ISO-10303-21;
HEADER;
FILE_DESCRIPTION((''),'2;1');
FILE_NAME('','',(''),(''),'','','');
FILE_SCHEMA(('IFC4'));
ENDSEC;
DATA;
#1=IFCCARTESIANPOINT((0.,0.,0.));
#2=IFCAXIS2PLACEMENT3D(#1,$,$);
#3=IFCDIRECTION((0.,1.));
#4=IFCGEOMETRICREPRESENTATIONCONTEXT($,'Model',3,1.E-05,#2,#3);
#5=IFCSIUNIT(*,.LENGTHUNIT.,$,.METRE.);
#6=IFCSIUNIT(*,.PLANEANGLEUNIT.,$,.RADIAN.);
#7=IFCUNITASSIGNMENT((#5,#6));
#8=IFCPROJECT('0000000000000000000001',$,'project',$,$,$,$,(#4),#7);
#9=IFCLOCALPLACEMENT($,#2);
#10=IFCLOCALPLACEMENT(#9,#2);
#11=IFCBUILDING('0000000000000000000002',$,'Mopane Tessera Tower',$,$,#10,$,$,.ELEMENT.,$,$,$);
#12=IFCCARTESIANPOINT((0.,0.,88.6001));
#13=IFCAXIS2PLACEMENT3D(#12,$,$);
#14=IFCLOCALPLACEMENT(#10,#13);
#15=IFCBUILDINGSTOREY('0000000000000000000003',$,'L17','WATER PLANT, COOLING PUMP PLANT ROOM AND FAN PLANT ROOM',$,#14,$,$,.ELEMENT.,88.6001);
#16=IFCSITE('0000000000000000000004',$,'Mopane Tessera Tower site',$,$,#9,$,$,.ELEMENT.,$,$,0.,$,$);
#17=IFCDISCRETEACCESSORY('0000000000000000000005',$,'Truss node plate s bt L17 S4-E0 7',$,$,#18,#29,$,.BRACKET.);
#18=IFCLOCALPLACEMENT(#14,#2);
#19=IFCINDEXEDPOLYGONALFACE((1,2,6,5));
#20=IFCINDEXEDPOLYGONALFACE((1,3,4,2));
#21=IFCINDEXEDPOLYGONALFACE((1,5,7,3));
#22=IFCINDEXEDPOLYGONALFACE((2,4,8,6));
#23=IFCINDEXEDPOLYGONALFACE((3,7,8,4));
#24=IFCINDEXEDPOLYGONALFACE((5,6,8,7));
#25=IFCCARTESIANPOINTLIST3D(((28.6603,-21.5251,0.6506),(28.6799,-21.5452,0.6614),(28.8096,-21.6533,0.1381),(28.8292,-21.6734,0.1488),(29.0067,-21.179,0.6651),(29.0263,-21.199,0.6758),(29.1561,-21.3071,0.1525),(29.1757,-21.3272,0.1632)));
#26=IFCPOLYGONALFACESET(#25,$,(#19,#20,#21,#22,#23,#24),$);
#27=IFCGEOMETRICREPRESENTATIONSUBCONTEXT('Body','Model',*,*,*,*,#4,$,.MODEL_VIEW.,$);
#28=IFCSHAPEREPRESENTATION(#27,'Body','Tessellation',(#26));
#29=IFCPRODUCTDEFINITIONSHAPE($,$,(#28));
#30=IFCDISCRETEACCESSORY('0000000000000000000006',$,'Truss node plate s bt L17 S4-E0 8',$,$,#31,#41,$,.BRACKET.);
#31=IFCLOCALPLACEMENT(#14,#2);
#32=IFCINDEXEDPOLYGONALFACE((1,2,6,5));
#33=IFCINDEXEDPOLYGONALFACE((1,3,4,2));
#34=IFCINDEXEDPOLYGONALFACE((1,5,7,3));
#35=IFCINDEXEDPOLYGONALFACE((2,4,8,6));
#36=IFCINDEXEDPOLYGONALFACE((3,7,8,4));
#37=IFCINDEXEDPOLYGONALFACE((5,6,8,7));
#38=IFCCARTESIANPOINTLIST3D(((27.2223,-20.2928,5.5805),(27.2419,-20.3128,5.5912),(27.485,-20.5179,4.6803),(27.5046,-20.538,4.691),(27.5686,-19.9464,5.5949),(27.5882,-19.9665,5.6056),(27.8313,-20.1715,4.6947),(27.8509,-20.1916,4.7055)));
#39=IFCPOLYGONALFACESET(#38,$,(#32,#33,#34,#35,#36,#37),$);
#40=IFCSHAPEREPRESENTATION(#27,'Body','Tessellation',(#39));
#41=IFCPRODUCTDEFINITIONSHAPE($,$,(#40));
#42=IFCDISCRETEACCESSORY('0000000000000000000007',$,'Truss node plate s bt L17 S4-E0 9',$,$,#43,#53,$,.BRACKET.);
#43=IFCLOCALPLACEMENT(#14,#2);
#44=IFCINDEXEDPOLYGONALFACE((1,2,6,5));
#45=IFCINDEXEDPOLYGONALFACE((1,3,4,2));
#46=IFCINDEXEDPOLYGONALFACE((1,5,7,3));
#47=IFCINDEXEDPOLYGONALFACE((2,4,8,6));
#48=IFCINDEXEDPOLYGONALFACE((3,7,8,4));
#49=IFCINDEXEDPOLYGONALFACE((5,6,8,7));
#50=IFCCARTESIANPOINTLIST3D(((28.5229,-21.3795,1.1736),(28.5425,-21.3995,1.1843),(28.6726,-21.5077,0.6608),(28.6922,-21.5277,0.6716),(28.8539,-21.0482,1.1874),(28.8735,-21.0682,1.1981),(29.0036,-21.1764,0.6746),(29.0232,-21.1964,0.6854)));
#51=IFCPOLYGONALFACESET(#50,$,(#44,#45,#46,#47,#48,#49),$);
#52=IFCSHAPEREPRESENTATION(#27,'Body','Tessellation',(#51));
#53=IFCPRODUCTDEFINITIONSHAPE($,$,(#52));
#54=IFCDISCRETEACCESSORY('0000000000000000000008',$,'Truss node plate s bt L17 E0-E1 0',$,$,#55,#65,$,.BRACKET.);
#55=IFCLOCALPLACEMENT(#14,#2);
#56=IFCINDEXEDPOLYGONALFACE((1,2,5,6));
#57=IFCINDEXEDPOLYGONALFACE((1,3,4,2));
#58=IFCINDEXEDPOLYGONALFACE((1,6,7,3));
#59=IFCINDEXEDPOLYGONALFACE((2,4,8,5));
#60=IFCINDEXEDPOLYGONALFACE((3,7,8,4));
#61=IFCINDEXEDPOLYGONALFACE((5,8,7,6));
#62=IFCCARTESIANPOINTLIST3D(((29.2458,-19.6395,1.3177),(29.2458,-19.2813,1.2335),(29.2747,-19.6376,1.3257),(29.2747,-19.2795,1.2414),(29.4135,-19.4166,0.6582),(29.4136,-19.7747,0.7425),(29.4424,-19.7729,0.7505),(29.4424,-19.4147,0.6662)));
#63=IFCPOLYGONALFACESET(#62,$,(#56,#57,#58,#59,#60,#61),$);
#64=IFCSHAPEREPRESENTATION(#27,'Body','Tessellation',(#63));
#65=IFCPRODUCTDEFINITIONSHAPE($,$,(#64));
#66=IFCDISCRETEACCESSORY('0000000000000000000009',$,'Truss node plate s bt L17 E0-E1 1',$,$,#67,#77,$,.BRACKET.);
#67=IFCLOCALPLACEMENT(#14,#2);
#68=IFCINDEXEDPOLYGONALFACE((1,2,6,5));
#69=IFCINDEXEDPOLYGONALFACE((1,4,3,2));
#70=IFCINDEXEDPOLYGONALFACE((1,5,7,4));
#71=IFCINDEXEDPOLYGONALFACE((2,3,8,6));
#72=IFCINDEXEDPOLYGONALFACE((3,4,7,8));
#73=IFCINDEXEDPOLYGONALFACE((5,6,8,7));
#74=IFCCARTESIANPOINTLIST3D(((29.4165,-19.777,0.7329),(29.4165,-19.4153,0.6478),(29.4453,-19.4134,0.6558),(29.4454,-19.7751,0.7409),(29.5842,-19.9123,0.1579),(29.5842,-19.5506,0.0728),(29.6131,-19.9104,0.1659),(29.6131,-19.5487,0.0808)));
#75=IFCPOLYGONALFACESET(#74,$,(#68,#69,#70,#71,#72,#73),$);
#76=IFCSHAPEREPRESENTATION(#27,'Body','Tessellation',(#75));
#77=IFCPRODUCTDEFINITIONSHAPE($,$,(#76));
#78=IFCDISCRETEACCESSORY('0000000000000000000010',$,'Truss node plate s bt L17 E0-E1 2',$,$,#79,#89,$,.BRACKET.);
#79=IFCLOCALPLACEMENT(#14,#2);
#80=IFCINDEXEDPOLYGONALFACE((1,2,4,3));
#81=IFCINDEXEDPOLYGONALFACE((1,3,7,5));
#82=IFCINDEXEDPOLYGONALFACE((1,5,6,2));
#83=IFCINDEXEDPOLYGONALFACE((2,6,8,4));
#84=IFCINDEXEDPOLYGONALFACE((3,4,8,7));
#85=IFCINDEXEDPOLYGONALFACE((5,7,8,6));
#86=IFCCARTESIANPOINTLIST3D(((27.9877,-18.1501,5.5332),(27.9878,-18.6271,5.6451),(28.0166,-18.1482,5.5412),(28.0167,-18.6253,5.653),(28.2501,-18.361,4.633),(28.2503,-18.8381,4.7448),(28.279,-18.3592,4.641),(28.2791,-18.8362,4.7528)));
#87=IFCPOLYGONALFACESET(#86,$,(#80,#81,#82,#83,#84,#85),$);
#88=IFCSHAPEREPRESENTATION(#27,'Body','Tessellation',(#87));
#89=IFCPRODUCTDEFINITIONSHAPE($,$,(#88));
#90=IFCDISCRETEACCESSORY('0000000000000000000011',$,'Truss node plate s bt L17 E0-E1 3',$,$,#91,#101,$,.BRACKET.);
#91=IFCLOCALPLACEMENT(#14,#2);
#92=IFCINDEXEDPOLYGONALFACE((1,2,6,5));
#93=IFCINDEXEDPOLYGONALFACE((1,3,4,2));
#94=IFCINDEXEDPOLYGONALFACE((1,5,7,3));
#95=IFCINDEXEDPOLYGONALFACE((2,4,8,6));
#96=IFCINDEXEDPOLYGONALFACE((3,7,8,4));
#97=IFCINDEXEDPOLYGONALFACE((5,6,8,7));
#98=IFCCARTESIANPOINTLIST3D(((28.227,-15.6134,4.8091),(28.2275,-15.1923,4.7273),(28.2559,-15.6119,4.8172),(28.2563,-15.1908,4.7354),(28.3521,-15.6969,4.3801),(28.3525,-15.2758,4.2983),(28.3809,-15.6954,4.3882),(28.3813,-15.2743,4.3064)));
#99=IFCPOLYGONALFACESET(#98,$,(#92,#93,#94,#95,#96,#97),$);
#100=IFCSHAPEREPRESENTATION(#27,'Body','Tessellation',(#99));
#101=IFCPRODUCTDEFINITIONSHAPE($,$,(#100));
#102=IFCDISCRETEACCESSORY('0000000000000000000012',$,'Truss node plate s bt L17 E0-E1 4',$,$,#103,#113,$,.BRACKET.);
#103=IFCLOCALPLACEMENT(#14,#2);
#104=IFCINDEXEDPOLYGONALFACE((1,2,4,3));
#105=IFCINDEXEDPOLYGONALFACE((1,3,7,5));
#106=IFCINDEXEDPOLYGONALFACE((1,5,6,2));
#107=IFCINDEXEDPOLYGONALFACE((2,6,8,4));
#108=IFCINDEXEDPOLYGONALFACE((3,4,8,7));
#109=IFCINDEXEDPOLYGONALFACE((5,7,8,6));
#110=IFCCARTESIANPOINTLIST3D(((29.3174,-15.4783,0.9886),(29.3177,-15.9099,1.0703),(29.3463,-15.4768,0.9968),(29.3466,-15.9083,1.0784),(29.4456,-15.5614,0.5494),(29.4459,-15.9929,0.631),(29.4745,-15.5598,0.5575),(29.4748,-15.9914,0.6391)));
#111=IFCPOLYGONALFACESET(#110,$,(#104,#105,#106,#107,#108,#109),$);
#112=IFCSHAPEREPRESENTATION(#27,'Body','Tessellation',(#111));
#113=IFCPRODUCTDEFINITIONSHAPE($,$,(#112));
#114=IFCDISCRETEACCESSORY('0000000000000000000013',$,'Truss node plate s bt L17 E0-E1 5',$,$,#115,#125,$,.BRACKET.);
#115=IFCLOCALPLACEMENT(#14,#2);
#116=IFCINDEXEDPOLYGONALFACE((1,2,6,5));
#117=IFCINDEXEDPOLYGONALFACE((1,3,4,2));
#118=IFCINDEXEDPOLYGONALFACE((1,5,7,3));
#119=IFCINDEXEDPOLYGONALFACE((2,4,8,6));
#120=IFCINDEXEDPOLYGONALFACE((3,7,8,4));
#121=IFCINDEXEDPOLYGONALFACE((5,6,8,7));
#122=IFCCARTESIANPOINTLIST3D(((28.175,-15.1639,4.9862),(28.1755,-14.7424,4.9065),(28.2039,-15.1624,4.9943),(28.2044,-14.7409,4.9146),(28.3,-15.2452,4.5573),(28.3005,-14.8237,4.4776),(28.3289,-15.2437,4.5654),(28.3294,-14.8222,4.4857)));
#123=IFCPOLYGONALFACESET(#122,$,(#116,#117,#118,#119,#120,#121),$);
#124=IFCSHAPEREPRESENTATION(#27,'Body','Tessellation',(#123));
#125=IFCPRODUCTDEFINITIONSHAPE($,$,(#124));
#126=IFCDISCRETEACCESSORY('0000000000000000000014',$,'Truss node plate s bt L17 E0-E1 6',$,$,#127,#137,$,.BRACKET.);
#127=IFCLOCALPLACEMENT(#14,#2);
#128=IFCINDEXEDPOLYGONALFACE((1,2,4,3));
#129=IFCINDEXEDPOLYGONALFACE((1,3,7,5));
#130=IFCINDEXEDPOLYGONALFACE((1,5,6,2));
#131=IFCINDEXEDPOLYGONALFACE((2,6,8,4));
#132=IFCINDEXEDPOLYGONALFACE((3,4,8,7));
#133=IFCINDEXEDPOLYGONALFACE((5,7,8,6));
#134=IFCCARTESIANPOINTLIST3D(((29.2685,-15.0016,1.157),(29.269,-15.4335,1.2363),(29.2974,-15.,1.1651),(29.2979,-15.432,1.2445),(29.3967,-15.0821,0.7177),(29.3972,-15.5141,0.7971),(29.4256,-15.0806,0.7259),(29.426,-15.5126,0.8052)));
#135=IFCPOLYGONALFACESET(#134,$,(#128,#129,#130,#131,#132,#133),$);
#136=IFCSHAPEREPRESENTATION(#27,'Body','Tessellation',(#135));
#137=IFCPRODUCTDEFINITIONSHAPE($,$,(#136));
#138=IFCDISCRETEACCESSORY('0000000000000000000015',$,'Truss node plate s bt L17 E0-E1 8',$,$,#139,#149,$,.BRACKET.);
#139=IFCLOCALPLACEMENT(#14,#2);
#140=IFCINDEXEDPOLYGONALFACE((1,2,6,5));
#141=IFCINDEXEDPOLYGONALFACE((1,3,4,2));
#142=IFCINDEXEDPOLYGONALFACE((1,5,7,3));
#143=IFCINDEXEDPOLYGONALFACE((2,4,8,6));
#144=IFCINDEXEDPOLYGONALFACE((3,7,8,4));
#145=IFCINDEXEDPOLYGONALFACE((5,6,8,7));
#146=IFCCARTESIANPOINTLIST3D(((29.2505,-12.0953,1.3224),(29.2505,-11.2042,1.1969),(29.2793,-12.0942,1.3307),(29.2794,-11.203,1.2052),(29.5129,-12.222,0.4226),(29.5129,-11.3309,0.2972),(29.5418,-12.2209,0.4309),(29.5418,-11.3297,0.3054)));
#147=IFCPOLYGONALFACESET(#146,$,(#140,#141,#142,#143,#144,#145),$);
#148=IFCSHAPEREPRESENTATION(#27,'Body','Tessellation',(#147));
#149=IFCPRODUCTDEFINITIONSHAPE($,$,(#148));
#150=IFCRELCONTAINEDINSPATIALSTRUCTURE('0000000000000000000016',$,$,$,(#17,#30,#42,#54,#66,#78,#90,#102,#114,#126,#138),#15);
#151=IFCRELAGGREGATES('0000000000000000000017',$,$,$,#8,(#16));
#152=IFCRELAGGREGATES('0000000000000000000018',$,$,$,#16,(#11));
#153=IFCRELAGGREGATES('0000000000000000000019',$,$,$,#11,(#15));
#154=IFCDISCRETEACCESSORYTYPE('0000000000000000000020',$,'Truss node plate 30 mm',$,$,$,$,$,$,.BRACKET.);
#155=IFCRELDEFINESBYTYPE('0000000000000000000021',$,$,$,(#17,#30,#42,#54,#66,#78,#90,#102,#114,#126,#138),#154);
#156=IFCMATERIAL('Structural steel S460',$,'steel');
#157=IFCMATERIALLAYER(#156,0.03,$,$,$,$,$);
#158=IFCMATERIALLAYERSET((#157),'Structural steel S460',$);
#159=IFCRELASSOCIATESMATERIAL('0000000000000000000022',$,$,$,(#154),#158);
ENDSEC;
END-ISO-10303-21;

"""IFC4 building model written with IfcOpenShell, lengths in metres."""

from ifc_helpers import new_model, si_unit, direction, frame, origin, origin_2d, place, context, subcontext, project, spatial, rectangle, extrude, material, layer, layer_set, type_object, element, save


model = new_model("IFC4")

# Units and contexts
model_context = context("Model", 3, precision=1e-05, world=origin(), true_north=direction((0.0, 1.0)))
body_context = subcontext(model_context, "Body", "Model", "MODEL_VIEW")
ifc_project = project(units=[si_unit("LENGTHUNIT", "METRE"), si_unit("PLANEANGLEUNIT", "RADIAN")], contexts=[model_context])

# Site, building, storey
site_placement = place(None, origin())
site = spatial("IfcSite", under=ifc_project, at=site_placement, Name="Mopane Tessera Tower site", CompositionType="ELEMENT", RefElevation=0.0)
building_placement = place(site_placement, origin())
building = spatial("IfcBuilding", under=site, at=building_placement, Name="Mopane Tessera Tower", CompositionType="ELEMENT")
storey_placement = place(building_placement, frame((0.0, 0.0, 88.6001)))
storey = spatial("IfcBuildingStorey", under=building, at=storey_placement, Name="L17", Description="WATER PLANT, COOLING PUMP PLANT ROOM AND FAN PLANT ROOM", CompositionType="ELEMENT", Elevation=88.6001)

# Discrete accessories
ifc_material_1 = material(Name="Structural steel S460", Category="steel")
ifc_layer_1 = layer(ifc_material_1, 0.03)
ifc_layer_set_1 = layer_set([ifc_layer_1], Name="Structural steel S460")
discrete_accessory_type_1 = type_object("IfcDiscreteAccessoryType", Name="Truss node plate 30 mm", PredefinedType="BRACKET", material=ifc_layer_set_1)
discrete_accessory_1_placement = place(storey_placement, frame((28.9927, -21.4902, 0.1506), z_axis=(-0.272063, 0.233387, 0.933548), x_axis=(-0.652692, 0.66811, -0.357241)))
element("IfcDiscreteAccessory", 1, at=discrete_accessory_1_placement, inside=storey, type_object=discrete_accessory_type_1, Name="Truss node plate s bt L17 S4-E0 7", PredefinedType="BRACKET", context=body_context, shape_type="SweptSolid", body=[
    extrude(rectangle(XDim=0.03, YDim=0.49, at=origin_2d()), origin(), (0.0, 0.0, 1.0), 0.5491),
])
discrete_accessory_2_placement = place(storey_placement, frame((27.668, -20.3547, 4.6929), z_axis=(-0.272411, 0.233423, 0.933438), x_axis=(-0.652981, 0.667675, -0.357527)))
element("IfcDiscreteAccessory", 2, at=discrete_accessory_2_placement, inside=storey, type_object=discrete_accessory_type_1, Name="Truss node plate s bt L17 S4-E0 8", PredefinedType="BRACKET", context=body_context, shape_type="SweptSolid", body=[
    extrude(rectangle(XDim=0.03, YDim=0.49, at=origin_2d()), origin(), (0.0, 0.0, 1.0), 0.9644),
])
discrete_accessory_3_placement = place(storey_placement, frame((28.8479, -21.3521, 0.6731), z_axis=(-0.272474, 0.233359, 0.933435), x_axis=(-0.653146, 0.66751, -0.357534)))
element("IfcDiscreteAccessory", 3, at=discrete_accessory_3_placement, inside=storey, type_object=discrete_accessory_type_1, Name="Truss node plate s bt L17 S4-E0 9", PredefinedType="BRACKET", context=body_context, shape_type="SweptSolid", body=[
    extrude(rectangle(XDim=0.03, YDim=0.4685, at=origin_2d()), origin(), (0.0, 0.0, 1.0), 0.5493),
])
discrete_accessory_4_placement = place(storey_placement, frame((29.428, -19.5947, 0.7043), z_axis=(-0.273066, 0.220202, 0.936454), x_axis=(-0.961995, -0.062612, -0.265791)))
element("IfcDiscreteAccessory", 4, at=discrete_accessory_4_placement, inside=storey, type_object=discrete_accessory_type_1, Name="Truss node plate s bt L17 E0-E1 0", PredefinedType="BRACKET", context=body_context, shape_type="SweptSolid", body=[
    extrude(rectangle(XDim=0.03, YDim=0.3679, at=origin_2d()), origin(), (0.0, 0.0, 1.0), 0.6143),
])
discrete_accessory_5_placement = place(storey_placement, frame((29.5986, -19.7305, 0.1194), z_axis=(-0.273168, 0.220284, 0.936405), x_axis=(-0.961966, -0.062588, -0.265901)))
element("IfcDiscreteAccessory", 5, at=discrete_accessory_5_placement, inside=storey, type_object=discrete_accessory_type_1, Name="Truss node plate s bt L17 E0-E1 1", PredefinedType="BRACKET", context=body_context, shape_type="SweptSolid", body=[
    extrude(rectangle(XDim=0.03, YDim=0.3716, at=origin_2d()), origin(), (0.0, 0.0, 1.0), 0.614),
])
discrete_accessory_6_placement = place(storey_placement, frame((28.2646, -18.5986, 4.6929), z_axis=(-0.273085, 0.219484, 0.936617), x_axis=(-0.96199, -0.062533, -0.265829)))
element("IfcDiscreteAccessory", 6, at=discrete_accessory_6_placement, inside=storey, type_object=discrete_accessory_type_1, Name="Truss node plate s bt L17 E0-E1 2", PredefinedType="BRACKET", context=body_context, shape_type="SweptSolid", body=[
    extrude(rectangle(XDim=0.03, YDim=0.49, at=origin_2d()), origin(), (0.0, 0.0, 1.0), 0.9612),
])
discrete_accessory_7_placement = place(storey_placement, frame((28.3667, -15.4856, 4.3433), z_axis=(-0.275008, 0.183697, 0.94373), x_axis=(-0.961441, -0.051558, -0.270134)))
element("IfcDiscreteAccessory", 7, at=discrete_accessory_7_placement, inside=storey, type_object=discrete_accessory_type_1, Name="Truss node plate s bt L17 E0-E1 3", PredefinedType="BRACKET", context=body_context, shape_type="SweptSolid", body=[
    extrude(rectangle(XDim=0.03, YDim=0.429, at=origin_2d()), origin(), (0.0, 0.0, 1.0), 0.4546),
])
discrete_accessory_8_placement = place(storey_placement, frame((29.4602, -15.7764, 0.5942), z_axis=(-0.275644, 0.178512, 0.944539), x_axis=(-0.96126, -0.051822, -0.270729)))
element("IfcDiscreteAccessory", 8, at=discrete_accessory_8_placement, inside=storey, type_object=discrete_accessory_type_1, Name="Truss node plate s bt L17 E0-E1 4", PredefinedType="BRACKET", context=body_context, shape_type="SweptSolid", body=[
    extrude(rectangle(XDim=0.03, YDim=0.4392, at=origin_2d()), origin(), (0.0, 0.0, 1.0), 0.4651),
])
discrete_accessory_9_placement = place(storey_placement, frame((28.3147, -15.0337, 4.5215), z_axis=(-0.27525, 0.17902, 0.944558), x_axis=(-0.961372, -0.049939, -0.270685)))
element("IfcDiscreteAccessory", 9, at=discrete_accessory_9_placement, inside=storey, type_object=discrete_accessory_type_1, Name="Truss node plate s bt L17 E0-E1 5", PredefinedType="BRACKET", context=body_context, shape_type="SweptSolid", body=[
    extrude(rectangle(XDim=0.03, YDim=0.429, at=origin_2d()), origin(), (0.0, 0.0, 1.0), 0.4541),
])
discrete_accessory_10_placement = place(storey_placement, frame((29.4114, -15.2974, 0.7615), z_axis=(-0.275899, 0.173422, 0.945412), x_axis=(-0.961186, -0.050886, -0.271168)))
element("IfcDiscreteAccessory", 10, at=discrete_accessory_10_placement, inside=storey, type_object=discrete_accessory_type_1, Name="Truss node plate s bt L17 E0-E1 6", PredefinedType="BRACKET", context=body_context, shape_type="SweptSolid", body=[
    extrude(rectangle(XDim=0.03, YDim=0.4392, at=origin_2d()), origin(), (0.0, 0.0, 1.0), 0.4646),
])
discrete_accessory_11_placement = place(storey_placement, frame((29.5273, -11.7759, 0.364), z_axis=(-0.277457, 0.133954, 0.951354), x_axis=(-0.960738, -0.038649, -0.274752)))
element("IfcDiscreteAccessory", 11, at=discrete_accessory_11_placement, inside=storey, type_object=discrete_accessory_type_1, Name="Truss node plate s bt L17 E0-E1 8", PredefinedType="BRACKET", context=body_context, shape_type="SweptSolid", body=[
    extrude(rectangle(XDim=0.03, YDim=0.8999, at=origin_2d()), origin(), (0.0, 0.0, 1.0), 0.9458),
])

save(model, "model.ifc")
